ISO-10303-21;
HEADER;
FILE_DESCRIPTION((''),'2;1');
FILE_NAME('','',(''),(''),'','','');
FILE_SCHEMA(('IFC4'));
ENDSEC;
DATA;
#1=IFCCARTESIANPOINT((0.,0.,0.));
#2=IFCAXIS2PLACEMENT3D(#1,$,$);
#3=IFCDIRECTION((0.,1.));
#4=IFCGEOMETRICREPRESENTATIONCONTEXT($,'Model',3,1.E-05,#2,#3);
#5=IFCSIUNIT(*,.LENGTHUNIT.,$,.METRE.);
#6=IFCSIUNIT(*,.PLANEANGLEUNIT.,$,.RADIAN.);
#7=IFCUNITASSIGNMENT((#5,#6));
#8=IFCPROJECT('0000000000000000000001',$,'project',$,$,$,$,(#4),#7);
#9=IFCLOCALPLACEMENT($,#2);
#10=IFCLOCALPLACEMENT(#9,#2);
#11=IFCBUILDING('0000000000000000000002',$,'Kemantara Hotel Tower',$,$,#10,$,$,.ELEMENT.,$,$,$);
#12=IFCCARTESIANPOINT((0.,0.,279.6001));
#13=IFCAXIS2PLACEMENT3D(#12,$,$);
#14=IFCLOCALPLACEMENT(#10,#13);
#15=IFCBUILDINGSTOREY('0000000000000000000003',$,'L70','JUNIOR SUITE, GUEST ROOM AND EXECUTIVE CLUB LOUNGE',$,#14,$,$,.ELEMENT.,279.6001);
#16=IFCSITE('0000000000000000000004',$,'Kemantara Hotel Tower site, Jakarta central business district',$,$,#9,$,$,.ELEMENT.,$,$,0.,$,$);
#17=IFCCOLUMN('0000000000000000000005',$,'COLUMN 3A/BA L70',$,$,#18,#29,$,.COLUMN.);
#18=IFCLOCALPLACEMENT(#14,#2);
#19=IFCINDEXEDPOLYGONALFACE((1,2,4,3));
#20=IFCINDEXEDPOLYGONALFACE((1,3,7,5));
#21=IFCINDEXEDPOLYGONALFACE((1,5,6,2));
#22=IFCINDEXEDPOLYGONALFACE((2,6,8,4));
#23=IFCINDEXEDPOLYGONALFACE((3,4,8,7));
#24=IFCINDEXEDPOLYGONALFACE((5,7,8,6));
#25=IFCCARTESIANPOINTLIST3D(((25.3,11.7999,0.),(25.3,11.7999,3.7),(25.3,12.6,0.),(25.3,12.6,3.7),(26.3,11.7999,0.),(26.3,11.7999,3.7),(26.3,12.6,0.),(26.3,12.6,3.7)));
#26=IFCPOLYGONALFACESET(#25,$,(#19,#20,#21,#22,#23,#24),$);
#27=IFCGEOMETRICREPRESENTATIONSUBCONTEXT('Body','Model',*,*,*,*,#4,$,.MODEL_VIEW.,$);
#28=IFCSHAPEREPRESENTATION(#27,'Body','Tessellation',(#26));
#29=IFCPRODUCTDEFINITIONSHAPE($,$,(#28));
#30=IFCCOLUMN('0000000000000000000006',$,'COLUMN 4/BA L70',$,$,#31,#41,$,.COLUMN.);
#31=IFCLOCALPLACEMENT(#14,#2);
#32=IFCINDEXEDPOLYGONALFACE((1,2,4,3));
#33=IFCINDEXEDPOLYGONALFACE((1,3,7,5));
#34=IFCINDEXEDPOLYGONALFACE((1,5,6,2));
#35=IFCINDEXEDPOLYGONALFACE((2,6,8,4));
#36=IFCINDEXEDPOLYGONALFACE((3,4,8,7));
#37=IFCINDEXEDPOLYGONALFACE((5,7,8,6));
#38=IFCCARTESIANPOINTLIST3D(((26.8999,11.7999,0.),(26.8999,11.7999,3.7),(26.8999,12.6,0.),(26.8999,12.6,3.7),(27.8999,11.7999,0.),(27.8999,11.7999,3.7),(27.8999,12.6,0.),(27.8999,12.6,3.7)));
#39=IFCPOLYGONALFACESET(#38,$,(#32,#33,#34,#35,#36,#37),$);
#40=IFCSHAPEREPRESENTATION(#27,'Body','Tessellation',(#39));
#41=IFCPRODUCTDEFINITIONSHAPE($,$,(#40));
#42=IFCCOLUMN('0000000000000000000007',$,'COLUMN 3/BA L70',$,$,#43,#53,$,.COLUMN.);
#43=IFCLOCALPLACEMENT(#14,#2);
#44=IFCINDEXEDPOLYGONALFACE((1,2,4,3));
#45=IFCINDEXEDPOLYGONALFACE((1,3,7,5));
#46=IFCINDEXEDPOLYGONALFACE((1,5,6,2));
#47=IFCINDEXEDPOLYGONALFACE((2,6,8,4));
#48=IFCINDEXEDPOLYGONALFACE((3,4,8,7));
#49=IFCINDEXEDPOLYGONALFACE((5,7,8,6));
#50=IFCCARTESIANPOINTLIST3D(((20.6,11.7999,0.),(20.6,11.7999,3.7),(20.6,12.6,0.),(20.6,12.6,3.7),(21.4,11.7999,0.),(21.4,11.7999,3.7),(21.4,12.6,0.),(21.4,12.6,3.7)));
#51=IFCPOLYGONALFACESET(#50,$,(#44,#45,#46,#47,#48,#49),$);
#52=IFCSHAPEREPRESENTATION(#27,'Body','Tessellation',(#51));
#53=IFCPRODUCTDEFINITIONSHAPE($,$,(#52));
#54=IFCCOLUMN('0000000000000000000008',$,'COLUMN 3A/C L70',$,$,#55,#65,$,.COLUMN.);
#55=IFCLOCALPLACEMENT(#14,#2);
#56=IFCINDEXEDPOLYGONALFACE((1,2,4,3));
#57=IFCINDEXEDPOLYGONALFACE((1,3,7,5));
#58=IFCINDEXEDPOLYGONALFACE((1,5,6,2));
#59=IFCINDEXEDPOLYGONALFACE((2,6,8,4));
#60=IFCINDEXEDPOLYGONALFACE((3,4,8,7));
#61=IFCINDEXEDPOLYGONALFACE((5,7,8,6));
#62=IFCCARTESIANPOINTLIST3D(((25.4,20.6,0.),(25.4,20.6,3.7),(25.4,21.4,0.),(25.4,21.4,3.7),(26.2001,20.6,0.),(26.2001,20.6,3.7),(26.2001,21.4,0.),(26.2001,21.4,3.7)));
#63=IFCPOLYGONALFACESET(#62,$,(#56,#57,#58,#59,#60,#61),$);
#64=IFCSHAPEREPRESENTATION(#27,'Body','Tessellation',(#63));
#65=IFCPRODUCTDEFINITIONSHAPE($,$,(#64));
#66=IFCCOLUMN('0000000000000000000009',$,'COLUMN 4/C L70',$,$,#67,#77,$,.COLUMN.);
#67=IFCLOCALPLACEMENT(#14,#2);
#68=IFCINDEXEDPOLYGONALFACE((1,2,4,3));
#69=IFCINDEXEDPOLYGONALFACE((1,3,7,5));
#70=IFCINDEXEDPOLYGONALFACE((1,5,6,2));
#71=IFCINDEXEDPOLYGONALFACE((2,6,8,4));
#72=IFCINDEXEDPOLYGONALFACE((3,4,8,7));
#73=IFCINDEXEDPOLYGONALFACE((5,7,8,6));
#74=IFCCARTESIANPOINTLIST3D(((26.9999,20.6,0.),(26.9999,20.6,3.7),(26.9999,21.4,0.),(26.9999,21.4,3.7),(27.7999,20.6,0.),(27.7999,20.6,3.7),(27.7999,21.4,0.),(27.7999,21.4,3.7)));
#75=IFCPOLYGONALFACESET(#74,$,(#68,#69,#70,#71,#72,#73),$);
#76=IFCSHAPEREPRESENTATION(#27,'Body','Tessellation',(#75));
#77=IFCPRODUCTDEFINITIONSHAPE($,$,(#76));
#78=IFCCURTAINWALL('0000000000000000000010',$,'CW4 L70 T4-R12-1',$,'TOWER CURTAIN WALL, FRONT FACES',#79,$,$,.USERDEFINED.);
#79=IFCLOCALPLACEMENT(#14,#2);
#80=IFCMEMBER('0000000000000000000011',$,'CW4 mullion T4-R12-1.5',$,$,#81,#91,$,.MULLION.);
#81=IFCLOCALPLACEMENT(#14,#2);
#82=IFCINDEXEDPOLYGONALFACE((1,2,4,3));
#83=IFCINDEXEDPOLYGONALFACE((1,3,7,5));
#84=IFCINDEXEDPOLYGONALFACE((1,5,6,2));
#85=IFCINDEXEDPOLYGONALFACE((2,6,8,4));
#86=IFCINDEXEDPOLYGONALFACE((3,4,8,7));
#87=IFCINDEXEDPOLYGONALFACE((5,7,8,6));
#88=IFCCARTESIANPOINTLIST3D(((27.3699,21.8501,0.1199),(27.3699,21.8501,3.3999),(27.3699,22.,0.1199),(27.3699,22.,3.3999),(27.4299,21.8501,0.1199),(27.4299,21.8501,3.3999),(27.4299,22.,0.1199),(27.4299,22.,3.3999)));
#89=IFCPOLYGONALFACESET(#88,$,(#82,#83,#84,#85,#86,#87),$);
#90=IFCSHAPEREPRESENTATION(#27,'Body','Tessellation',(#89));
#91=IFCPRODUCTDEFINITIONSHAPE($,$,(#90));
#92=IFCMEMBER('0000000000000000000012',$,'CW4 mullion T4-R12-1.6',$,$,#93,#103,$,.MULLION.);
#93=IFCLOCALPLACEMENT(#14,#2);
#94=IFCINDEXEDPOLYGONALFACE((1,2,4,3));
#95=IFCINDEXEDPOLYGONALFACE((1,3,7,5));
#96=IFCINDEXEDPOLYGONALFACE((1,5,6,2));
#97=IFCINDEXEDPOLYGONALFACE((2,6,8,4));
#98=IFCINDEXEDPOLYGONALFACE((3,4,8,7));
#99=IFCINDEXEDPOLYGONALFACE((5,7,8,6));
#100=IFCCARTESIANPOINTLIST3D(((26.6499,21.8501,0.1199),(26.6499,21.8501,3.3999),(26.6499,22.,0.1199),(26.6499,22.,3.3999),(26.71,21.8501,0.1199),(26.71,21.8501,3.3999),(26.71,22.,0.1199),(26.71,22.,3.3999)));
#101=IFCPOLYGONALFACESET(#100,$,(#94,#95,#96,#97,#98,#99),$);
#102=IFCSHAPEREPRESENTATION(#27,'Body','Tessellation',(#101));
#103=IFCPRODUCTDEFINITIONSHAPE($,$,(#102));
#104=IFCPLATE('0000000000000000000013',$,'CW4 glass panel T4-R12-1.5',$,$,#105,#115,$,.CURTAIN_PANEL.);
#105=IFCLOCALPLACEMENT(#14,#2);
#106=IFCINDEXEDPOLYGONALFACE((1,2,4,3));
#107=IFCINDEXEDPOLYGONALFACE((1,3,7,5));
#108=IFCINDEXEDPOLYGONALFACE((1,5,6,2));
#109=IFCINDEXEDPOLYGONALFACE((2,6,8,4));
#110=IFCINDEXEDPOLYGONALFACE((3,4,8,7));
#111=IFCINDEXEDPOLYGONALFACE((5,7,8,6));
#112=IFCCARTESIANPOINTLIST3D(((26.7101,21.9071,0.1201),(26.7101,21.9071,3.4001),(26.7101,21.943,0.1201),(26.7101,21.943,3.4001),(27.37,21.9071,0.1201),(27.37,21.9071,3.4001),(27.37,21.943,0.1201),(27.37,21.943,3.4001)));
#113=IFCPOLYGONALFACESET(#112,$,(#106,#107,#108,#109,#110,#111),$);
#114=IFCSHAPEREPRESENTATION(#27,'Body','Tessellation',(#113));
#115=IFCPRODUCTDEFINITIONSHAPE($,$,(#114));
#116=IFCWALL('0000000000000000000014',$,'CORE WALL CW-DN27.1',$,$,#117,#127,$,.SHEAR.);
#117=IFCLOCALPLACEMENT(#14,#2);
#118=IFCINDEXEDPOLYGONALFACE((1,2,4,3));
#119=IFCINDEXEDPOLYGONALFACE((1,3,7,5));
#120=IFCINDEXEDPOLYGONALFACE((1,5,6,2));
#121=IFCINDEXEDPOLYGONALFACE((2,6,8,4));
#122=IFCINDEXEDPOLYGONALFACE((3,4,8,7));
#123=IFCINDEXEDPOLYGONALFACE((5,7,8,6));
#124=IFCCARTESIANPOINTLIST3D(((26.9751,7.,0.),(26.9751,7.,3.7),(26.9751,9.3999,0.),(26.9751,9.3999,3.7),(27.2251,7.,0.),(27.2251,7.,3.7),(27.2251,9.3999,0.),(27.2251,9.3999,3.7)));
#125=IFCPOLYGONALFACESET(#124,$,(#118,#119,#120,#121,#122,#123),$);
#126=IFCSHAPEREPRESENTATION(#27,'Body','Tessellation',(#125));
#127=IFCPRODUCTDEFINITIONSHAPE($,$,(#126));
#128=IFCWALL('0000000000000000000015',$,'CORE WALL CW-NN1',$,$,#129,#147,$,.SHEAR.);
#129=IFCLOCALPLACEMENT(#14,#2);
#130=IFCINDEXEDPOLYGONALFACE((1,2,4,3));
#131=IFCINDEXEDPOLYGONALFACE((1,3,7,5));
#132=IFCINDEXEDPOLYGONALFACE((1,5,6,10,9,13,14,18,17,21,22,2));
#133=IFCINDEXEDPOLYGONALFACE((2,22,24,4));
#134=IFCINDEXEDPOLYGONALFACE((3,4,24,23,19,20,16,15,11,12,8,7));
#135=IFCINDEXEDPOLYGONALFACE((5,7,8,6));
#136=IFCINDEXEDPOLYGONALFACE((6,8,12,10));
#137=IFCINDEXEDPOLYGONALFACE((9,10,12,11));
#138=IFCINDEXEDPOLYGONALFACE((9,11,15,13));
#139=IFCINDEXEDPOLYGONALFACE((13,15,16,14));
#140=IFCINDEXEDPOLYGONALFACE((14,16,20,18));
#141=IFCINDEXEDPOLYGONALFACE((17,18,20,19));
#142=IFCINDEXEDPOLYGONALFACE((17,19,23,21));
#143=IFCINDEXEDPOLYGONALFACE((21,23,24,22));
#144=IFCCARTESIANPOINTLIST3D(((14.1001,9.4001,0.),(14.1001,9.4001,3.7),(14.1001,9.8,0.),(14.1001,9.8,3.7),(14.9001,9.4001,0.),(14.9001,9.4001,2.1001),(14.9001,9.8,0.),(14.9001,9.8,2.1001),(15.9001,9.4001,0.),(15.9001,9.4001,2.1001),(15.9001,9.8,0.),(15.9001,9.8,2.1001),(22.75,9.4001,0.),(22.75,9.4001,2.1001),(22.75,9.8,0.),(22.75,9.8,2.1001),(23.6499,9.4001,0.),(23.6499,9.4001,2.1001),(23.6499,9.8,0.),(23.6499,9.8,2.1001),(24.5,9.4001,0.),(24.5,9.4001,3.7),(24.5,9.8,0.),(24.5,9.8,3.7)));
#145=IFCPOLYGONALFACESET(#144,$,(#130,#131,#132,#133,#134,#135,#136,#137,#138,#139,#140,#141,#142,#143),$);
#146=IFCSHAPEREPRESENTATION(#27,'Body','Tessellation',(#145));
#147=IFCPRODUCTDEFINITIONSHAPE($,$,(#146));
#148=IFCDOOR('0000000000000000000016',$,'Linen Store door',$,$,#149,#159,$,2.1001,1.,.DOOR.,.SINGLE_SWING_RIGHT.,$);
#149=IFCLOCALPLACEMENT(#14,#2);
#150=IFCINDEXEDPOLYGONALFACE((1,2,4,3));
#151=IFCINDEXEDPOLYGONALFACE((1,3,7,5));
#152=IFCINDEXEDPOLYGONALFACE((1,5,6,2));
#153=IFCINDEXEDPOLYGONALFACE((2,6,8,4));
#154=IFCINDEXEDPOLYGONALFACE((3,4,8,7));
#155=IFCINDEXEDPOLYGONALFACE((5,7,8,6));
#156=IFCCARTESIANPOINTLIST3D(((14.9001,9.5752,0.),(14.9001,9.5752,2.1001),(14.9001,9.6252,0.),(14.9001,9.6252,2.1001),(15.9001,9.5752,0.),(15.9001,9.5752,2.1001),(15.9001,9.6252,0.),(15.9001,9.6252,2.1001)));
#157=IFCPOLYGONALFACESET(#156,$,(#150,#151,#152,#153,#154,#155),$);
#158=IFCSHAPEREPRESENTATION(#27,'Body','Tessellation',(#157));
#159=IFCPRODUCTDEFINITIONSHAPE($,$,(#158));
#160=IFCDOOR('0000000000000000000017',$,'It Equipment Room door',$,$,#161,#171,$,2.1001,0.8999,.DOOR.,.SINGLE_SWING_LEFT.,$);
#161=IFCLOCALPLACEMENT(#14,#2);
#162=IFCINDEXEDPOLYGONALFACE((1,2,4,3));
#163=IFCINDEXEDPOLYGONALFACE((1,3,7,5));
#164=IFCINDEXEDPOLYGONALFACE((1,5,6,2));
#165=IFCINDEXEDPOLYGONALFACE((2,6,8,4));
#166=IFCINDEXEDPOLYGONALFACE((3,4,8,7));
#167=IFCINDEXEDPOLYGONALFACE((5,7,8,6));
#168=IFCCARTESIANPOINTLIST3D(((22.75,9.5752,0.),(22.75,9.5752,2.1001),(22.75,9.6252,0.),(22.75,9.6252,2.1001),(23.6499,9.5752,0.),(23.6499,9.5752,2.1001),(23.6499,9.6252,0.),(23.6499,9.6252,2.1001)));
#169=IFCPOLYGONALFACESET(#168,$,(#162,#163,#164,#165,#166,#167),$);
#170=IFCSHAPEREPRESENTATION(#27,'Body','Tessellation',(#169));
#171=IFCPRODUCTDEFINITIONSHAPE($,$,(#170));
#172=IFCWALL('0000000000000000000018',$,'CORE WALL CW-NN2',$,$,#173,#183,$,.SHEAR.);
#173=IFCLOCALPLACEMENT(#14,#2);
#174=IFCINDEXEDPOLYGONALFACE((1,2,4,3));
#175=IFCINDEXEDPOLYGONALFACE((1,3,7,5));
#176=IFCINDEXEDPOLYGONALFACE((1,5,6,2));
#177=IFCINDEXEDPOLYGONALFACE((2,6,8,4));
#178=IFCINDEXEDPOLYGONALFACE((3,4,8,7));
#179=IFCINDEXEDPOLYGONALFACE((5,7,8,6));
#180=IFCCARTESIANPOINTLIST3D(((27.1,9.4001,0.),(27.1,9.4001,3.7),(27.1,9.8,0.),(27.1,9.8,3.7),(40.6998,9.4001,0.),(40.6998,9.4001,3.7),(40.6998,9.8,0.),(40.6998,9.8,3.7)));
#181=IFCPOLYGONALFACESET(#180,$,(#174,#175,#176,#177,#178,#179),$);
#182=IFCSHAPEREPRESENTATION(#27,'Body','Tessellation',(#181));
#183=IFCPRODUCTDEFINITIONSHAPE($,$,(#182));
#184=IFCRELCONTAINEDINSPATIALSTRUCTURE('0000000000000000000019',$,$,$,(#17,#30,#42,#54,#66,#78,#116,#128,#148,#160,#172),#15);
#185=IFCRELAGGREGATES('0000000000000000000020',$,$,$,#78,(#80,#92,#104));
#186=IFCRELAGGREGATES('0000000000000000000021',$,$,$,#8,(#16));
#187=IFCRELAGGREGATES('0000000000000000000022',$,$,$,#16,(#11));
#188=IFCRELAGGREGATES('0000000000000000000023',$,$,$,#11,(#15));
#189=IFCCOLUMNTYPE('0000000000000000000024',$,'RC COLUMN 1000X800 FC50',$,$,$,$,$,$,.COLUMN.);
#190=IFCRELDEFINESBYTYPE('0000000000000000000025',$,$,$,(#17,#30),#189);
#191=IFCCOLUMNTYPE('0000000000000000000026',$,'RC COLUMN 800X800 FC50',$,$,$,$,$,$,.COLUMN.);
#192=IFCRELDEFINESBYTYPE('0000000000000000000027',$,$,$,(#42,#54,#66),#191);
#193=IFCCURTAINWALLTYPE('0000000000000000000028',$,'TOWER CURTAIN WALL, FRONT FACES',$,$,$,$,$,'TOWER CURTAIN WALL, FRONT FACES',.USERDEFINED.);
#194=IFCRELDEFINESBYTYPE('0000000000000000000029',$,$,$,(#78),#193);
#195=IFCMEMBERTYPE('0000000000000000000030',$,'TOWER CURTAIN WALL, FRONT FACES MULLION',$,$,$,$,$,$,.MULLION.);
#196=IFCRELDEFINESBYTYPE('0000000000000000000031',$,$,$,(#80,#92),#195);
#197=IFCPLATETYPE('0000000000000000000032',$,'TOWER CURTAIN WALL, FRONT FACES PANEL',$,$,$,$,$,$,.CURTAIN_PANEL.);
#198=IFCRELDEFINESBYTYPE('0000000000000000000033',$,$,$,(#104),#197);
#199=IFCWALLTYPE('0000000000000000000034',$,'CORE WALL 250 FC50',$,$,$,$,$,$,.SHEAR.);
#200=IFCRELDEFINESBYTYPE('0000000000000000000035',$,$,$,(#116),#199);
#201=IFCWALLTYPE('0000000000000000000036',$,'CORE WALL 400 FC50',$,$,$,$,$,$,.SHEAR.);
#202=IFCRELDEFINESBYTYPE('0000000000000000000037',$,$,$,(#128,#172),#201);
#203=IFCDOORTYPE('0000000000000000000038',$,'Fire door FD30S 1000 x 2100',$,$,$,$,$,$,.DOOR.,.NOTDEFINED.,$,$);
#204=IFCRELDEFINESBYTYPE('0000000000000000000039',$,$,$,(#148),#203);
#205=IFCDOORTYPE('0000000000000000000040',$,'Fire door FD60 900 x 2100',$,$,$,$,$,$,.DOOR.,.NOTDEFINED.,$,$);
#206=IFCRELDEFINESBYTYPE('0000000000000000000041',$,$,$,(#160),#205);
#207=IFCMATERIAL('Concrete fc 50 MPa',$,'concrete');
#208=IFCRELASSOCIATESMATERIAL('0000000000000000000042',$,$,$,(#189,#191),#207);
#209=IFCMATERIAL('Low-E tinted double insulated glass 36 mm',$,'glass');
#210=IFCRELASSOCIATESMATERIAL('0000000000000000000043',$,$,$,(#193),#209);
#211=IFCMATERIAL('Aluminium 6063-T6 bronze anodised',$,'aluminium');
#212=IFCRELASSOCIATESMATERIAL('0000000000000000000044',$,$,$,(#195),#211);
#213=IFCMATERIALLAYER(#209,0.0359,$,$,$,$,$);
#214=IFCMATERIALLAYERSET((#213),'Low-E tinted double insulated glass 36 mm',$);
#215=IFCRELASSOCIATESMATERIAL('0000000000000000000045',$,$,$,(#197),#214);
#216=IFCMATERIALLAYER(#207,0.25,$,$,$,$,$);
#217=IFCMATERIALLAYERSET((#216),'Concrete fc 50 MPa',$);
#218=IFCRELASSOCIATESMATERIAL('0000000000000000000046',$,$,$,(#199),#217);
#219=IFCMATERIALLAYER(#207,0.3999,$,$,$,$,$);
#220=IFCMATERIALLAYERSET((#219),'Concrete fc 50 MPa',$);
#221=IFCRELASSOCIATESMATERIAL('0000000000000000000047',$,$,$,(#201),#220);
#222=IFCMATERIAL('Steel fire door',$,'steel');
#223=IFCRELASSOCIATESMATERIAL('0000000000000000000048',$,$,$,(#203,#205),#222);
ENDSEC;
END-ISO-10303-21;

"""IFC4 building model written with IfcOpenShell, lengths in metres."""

from ifc_helpers import new_model, si_unit, direction, frame, frame_2d, origin, origin_2d, place, context, subcontext, project, spatial, rectangle, extrude, source, transform, mapped, material, layer, layer_set, material_profile, profile_set, type_object, element, fill, aggregate, save


model = new_model("IFC4")

# Units and contexts
model_context = context("Model", 3, precision=1e-05, world=origin(), true_north=direction((0.0, 1.0)))
body_context = subcontext(model_context, "Body", "Model", "MODEL_VIEW")
ifc_project = project(units=[si_unit("LENGTHUNIT", "METRE"), si_unit("PLANEANGLEUNIT", "RADIAN")], contexts=[model_context])

# Site, building, storey
site_placement = place(None, origin())
site = spatial("IfcSite", under=ifc_project, at=site_placement, Name="Kemantara Hotel Tower site, Jakarta central business district", CompositionType="ELEMENT", RefElevation=0.0)
building_placement = place(site_placement, origin())
building = spatial("IfcBuilding", under=site, at=building_placement, Name="Kemantara Hotel Tower", CompositionType="ELEMENT")
storey_placement = place(building_placement, frame((0.0, 0.0, 279.6001)))
storey = spatial("IfcBuildingStorey", under=building, at=storey_placement, Name="L70", Description="JUNIOR SUITE, GUEST ROOM AND EXECUTIVE CLUB LOUNGE", CompositionType="ELEMENT", Elevation=279.6001)

# Columns
ifc_material_1 = material(Name="Concrete fc 50 MPa", Category="concrete")
ifc_material_profile_1 = material_profile(ifc_material_1, rectangle(XDim=1.0, YDim=0.8, at=origin_2d()), Name="RC 1000X800")
ifc_profile_set_1 = profile_set([ifc_material_profile_1], Name="Concrete fc 50 MPa")
column_type_1 = type_object("IfcColumnType", Name="RC COLUMN 1000X800 FC50", PredefinedType="COLUMN", material=ifc_profile_set_1)
for number, where, z_axis, x_axis, name in (
    (1, (25.8, 12.2, 0.0), (0.0, 0.0, 1.0), (1.0, 0.0, 0.0), "COLUMN 3A/BA L70"),
    (2, (27.3999, 12.2, 0.0), (0.0, 0.0, 1.0), (1.0, 0.0, 0.0), "COLUMN 4/BA L70"),
):
    element("IfcColumn", number, at=place(storey_placement, frame(where, z_axis=z_axis, x_axis=x_axis)), inside=storey, type_object=column_type_1, Name=name, PredefinedType="COLUMN", context=body_context, shape_type="SweptSolid", body=[
        extrude(rectangle(XDim=1.0, YDim=0.8, at=origin_2d()), origin(), (0.0, 0.0, 1.0), 3.7),
    ])
ifc_material_profile_2 = material_profile(ifc_material_1, rectangle(XDim=0.8, YDim=0.8, at=origin_2d()), Name="RC 800X800")
ifc_profile_set_2 = profile_set([ifc_material_profile_2], Name="Concrete fc 50 MPa")
column_type_2 = type_object("IfcColumnType", Name="RC COLUMN 800X800 FC50", PredefinedType="COLUMN", material=ifc_profile_set_2)
for number, where, z_axis, x_axis, name in (
    (3, (21.0, 12.2, 0.0), (0.0, 0.0, 1.0), (1.0, 0.0, 0.0), "COLUMN 3/BA L70"),
    (4, (25.8, 21.0, 0.0), (0.0, 0.0, 1.0), (1.0, 0.0, 0.0), "COLUMN 3A/C L70"),
    (5, (27.3999, 21.0, 0.0), (0.0, 0.0, 1.0), (1.0, 0.0, 0.0), "COLUMN 4/C L70"),
):
    element("IfcColumn", number, at=place(storey_placement, frame(where, z_axis=z_axis, x_axis=x_axis)), inside=storey, type_object=column_type_2, Name=name, PredefinedType="COLUMN", context=body_context, shape_type="SweptSolid", body=[
        extrude(rectangle(XDim=0.8, YDim=0.8, at=origin_2d()), origin(), (0.0, 0.0, 1.0), 3.7),
    ])

# Curtain wall, members, plate
ifc_material_2 = material(Name="Low-E tinted double insulated glass 36 mm", Category="glass")
curtain_wall_type = type_object("IfcCurtainWallType", Name="TOWER CURTAIN WALL, FRONT FACES", ElementType="TOWER CURTAIN WALL, FRONT FACES", PredefinedType="USERDEFINED", material=ifc_material_2)
curtain_wall_placement = place(storey_placement, origin())
curtain_wall = element("IfcCurtainWall", 6, at=curtain_wall_placement, inside=storey, type_object=curtain_wall_type, Name="CW4 L70 T4-R12-1", ObjectType="TOWER CURTAIN WALL, FRONT FACES", PredefinedType="USERDEFINED")
ifc_material_3 = material(Name="Aluminium 6063-T6 bronze anodised", Category="aluminium")
ifc_material_profile_3 = material_profile(ifc_material_3, rectangle(XDim=0.1499, YDim=0.0601, at=origin_2d()), Name="TOWER CURTAIN WALL, FRONT FACES MULLION")
ifc_profile_set_3 = profile_set([ifc_material_profile_3], Name="Aluminium 6063-T6 bronze anodised")
member_type = type_object("IfcMemberType", Name="TOWER CURTAIN WALL, FRONT FACES MULLION", PredefinedType="MULLION", material=ifc_profile_set_3)
shared_shape_1 = source(origin(), body_context, "Body", "SweptSolid", [
    extrude(rectangle(XDim=0.1499, YDim=0.0601, at=origin_2d()), origin(), (0.0, 0.0, 1.0), 3.28),
])
member_1_placement = place(storey_placement, frame((27.3999, 21.925, 0.1199), z_axis=(0.0, 0.0, 1.0), x_axis=(0.0, -1.0, 0.0)))
member_1 = element("IfcMember", 7, at=member_1_placement, type_object=member_type, Name="CW4 mullion T4-R12-1.5", PredefinedType="MULLION", context=body_context, shape_type="MappedRepresentation", body=[
    mapped(shared_shape_1, transform((0.0, 0.0, 0.0))),
])
member_2_placement = place(storey_placement, frame((26.6799, 21.925, 0.1199), z_axis=(0.0, 0.0, 1.0), x_axis=(0.0, -1.0, 0.0)))
member_2 = element("IfcMember", 8, at=member_2_placement, type_object=member_type, Name="CW4 mullion T4-R12-1.6", PredefinedType="MULLION", context=body_context, shape_type="MappedRepresentation", body=[
    mapped(shared_shape_1, transform((0.0, 0.0, 0.0))),
])
ifc_layer_1 = layer(ifc_material_2, 0.0359)
ifc_layer_set_1 = layer_set([ifc_layer_1], Name="Low-E tinted double insulated glass 36 mm")
plate_type = type_object("IfcPlateType", Name="TOWER CURTAIN WALL, FRONT FACES PANEL", PredefinedType="CURTAIN_PANEL", material=ifc_layer_set_1)
shared_shape_2 = source(origin(), body_context, "Body", "SweptSolid", [
    extrude(rectangle(XDim=0.6599, YDim=0.0359, at=origin_2d()), origin(), (0.0, 0.0, 1.0), 3.28),
])
plate_placement = place(storey_placement, frame((27.04, 21.925, 0.1201), z_axis=(0.0, 0.0, 1.0), x_axis=(-1.0, 0.0, 0.0)))
plate = element("IfcPlate", 9, at=plate_placement, type_object=plate_type, Name="CW4 glass panel T4-R12-1.5", PredefinedType="CURTAIN_PANEL", context=body_context, shape_type="MappedRepresentation", body=[
    mapped(shared_shape_2, transform((0.0, 0.0, 0.0))),
])
aggregate(curtain_wall, [member_1, member_2, plate])

# Wall
ifc_layer_2 = layer(ifc_material_1, 0.25)
ifc_layer_set_2 = layer_set([ifc_layer_2], Name="Concrete fc 50 MPa")
wall_type_1 = type_object("IfcWallType", Name="CORE WALL 250 FC50", PredefinedType="SHEAR", material=ifc_layer_set_2)
wall_1_placement = place(storey_placement, frame((27.1001, 7.0, 0.0), z_axis=(0.0, 0.0, 1.0), x_axis=(0.0, 1.0, 0.0)))
element("IfcWall", 10, at=wall_1_placement, inside=storey, type_object=wall_type_1, Name="CORE WALL CW-DN27.1", PredefinedType="SHEAR", context=body_context, shape_type="SweptSolid", body=[
    extrude(rectangle(XDim=2.3999, YDim=0.25, at=frame_2d((1.2, 0.0))), origin(), (0.0, 0.0, 1.0), 3.7),
])

# Wall, openings, doors
ifc_layer_3 = layer(ifc_material_1, 0.3999)
ifc_layer_set_3 = layer_set([ifc_layer_3], Name="Concrete fc 50 MPa")
wall_type_2 = type_object("IfcWallType", Name="CORE WALL 400 FC50", PredefinedType="SHEAR", material=ifc_layer_set_3)
wall_2_placement = place(storey_placement, frame((14.1001, 9.6001, 0.0), z_axis=(0.0, 0.0, 1.0), x_axis=(1.0, 0.0, 0.0)))
wall_2 = element("IfcWall", 11, at=wall_2_placement, inside=storey, type_object=wall_type_2, Name="CORE WALL CW-NN1", PredefinedType="SHEAR", context=body_context, shape_type="SweptSolid", body=[
    extrude(rectangle(XDim=10.3999, YDim=0.3999, at=frame_2d((5.2, 0.0))), origin(), (0.0, 0.0, 1.0), 3.7),
])
opening_1_placement = place(wall_2_placement, frame((0.8, 0.0, 0.0)))
opening_1 = element("IfcOpeningElement", 12, at=opening_1_placement, cuts=wall_2, PredefinedType="OPENING", context=body_context, shape_type="SweptSolid", body=[
    extrude(rectangle(XDim=1.0, YDim=2.1001, at=frame_2d((0.5, 1.05))), frame((0.0, 0.21, 0.0), z_axis=(0.0, -1.0, 0.0), x_axis=(1.0, 0.0, 0.0)), (0.0, 0.0, 1.0), 0.4199),
])
opening_2_placement = place(wall_2_placement, frame((8.6499, 0.0, 0.0)))
opening_2 = element("IfcOpeningElement", 13, at=opening_2_placement, cuts=wall_2, PredefinedType="OPENING", context=body_context, shape_type="SweptSolid", body=[
    extrude(rectangle(XDim=0.8999, YDim=2.1001, at=frame_2d((0.45, 1.05))), frame((0.0, 0.21, 0.0), z_axis=(0.0, -1.0, 0.0), x_axis=(1.0, 0.0, 0.0)), (0.0, 0.0, 1.0), 0.4199),
])
ifc_material_4 = material(Name="Steel fire door", Category="steel")
door_type_1 = type_object("IfcDoorType", Name="Fire door FD30S 1000 x 2100", OperationType="NOTDEFINED", PredefinedType="DOOR", material=ifc_material_4)
door_1_placement = place(opening_1_placement, frame((1.0, 0.0, 0.0), z_axis=(0.0, 0.0, 1.0), x_axis=(-1.0, 0.0, 0.0)))
door_1 = element("IfcDoor", 14, at=door_1_placement, inside=storey, type_object=door_type_1, Name="Linen Store door", OperationType="SINGLE_SWING_RIGHT", OverallHeight=2.1001, OverallWidth=1.0, PredefinedType="DOOR", context=body_context, shape_type="SweptSolid", body=[
    extrude(rectangle(XDim=1.0, YDim=2.1001, at=frame_2d((0.5, 1.05))), frame((0.0, 0.0249, 0.0), z_axis=(0.0, -1.0, 0.0), x_axis=(1.0, 0.0, 0.0)), (0.0, 0.0, 1.0), 0.05),
])
fill(opening_1, door_1)
door_type_2 = type_object("IfcDoorType", Name="Fire door FD60 900 x 2100", OperationType="NOTDEFINED", PredefinedType="DOOR", material=ifc_material_4)
door_2_placement = place(opening_2_placement, frame((0.8999, 0.0, 0.0), z_axis=(0.0, 0.0, 1.0), x_axis=(-1.0, 0.0, 0.0)))
door_2 = element("IfcDoor", 15, at=door_2_placement, inside=storey, type_object=door_type_2, Name="It Equipment Room door", OperationType="SINGLE_SWING_LEFT", OverallHeight=2.1001, OverallWidth=0.8999, PredefinedType="DOOR", context=body_context, shape_type="SweptSolid", body=[
    extrude(rectangle(XDim=0.8999, YDim=2.1001, at=frame_2d((0.45, 1.05))), frame((0.0, 0.0249, 0.0), z_axis=(0.0, -1.0, 0.0), x_axis=(1.0, 0.0, 0.0)), (0.0, 0.0, 1.0), 0.05),
])
fill(opening_2, door_2)

# Wall
wall_3_placement = place(storey_placement, frame((27.1001, 9.6001, 0.0), z_axis=(0.0, 0.0, 1.0), x_axis=(1.0, 0.0, 0.0)))
element("IfcWall", 16, at=wall_3_placement, inside=storey, type_object=wall_type_2, Name="CORE WALL CW-NN2", PredefinedType="SHEAR", context=body_context, shape_type="SweptSolid", body=[
    extrude(rectangle(XDim=13.5999, YDim=0.3999, at=frame_2d((6.7998, 0.0))), origin(), (0.0, 0.0, 1.0), 3.7),
])

save(model, "model.ifc")
